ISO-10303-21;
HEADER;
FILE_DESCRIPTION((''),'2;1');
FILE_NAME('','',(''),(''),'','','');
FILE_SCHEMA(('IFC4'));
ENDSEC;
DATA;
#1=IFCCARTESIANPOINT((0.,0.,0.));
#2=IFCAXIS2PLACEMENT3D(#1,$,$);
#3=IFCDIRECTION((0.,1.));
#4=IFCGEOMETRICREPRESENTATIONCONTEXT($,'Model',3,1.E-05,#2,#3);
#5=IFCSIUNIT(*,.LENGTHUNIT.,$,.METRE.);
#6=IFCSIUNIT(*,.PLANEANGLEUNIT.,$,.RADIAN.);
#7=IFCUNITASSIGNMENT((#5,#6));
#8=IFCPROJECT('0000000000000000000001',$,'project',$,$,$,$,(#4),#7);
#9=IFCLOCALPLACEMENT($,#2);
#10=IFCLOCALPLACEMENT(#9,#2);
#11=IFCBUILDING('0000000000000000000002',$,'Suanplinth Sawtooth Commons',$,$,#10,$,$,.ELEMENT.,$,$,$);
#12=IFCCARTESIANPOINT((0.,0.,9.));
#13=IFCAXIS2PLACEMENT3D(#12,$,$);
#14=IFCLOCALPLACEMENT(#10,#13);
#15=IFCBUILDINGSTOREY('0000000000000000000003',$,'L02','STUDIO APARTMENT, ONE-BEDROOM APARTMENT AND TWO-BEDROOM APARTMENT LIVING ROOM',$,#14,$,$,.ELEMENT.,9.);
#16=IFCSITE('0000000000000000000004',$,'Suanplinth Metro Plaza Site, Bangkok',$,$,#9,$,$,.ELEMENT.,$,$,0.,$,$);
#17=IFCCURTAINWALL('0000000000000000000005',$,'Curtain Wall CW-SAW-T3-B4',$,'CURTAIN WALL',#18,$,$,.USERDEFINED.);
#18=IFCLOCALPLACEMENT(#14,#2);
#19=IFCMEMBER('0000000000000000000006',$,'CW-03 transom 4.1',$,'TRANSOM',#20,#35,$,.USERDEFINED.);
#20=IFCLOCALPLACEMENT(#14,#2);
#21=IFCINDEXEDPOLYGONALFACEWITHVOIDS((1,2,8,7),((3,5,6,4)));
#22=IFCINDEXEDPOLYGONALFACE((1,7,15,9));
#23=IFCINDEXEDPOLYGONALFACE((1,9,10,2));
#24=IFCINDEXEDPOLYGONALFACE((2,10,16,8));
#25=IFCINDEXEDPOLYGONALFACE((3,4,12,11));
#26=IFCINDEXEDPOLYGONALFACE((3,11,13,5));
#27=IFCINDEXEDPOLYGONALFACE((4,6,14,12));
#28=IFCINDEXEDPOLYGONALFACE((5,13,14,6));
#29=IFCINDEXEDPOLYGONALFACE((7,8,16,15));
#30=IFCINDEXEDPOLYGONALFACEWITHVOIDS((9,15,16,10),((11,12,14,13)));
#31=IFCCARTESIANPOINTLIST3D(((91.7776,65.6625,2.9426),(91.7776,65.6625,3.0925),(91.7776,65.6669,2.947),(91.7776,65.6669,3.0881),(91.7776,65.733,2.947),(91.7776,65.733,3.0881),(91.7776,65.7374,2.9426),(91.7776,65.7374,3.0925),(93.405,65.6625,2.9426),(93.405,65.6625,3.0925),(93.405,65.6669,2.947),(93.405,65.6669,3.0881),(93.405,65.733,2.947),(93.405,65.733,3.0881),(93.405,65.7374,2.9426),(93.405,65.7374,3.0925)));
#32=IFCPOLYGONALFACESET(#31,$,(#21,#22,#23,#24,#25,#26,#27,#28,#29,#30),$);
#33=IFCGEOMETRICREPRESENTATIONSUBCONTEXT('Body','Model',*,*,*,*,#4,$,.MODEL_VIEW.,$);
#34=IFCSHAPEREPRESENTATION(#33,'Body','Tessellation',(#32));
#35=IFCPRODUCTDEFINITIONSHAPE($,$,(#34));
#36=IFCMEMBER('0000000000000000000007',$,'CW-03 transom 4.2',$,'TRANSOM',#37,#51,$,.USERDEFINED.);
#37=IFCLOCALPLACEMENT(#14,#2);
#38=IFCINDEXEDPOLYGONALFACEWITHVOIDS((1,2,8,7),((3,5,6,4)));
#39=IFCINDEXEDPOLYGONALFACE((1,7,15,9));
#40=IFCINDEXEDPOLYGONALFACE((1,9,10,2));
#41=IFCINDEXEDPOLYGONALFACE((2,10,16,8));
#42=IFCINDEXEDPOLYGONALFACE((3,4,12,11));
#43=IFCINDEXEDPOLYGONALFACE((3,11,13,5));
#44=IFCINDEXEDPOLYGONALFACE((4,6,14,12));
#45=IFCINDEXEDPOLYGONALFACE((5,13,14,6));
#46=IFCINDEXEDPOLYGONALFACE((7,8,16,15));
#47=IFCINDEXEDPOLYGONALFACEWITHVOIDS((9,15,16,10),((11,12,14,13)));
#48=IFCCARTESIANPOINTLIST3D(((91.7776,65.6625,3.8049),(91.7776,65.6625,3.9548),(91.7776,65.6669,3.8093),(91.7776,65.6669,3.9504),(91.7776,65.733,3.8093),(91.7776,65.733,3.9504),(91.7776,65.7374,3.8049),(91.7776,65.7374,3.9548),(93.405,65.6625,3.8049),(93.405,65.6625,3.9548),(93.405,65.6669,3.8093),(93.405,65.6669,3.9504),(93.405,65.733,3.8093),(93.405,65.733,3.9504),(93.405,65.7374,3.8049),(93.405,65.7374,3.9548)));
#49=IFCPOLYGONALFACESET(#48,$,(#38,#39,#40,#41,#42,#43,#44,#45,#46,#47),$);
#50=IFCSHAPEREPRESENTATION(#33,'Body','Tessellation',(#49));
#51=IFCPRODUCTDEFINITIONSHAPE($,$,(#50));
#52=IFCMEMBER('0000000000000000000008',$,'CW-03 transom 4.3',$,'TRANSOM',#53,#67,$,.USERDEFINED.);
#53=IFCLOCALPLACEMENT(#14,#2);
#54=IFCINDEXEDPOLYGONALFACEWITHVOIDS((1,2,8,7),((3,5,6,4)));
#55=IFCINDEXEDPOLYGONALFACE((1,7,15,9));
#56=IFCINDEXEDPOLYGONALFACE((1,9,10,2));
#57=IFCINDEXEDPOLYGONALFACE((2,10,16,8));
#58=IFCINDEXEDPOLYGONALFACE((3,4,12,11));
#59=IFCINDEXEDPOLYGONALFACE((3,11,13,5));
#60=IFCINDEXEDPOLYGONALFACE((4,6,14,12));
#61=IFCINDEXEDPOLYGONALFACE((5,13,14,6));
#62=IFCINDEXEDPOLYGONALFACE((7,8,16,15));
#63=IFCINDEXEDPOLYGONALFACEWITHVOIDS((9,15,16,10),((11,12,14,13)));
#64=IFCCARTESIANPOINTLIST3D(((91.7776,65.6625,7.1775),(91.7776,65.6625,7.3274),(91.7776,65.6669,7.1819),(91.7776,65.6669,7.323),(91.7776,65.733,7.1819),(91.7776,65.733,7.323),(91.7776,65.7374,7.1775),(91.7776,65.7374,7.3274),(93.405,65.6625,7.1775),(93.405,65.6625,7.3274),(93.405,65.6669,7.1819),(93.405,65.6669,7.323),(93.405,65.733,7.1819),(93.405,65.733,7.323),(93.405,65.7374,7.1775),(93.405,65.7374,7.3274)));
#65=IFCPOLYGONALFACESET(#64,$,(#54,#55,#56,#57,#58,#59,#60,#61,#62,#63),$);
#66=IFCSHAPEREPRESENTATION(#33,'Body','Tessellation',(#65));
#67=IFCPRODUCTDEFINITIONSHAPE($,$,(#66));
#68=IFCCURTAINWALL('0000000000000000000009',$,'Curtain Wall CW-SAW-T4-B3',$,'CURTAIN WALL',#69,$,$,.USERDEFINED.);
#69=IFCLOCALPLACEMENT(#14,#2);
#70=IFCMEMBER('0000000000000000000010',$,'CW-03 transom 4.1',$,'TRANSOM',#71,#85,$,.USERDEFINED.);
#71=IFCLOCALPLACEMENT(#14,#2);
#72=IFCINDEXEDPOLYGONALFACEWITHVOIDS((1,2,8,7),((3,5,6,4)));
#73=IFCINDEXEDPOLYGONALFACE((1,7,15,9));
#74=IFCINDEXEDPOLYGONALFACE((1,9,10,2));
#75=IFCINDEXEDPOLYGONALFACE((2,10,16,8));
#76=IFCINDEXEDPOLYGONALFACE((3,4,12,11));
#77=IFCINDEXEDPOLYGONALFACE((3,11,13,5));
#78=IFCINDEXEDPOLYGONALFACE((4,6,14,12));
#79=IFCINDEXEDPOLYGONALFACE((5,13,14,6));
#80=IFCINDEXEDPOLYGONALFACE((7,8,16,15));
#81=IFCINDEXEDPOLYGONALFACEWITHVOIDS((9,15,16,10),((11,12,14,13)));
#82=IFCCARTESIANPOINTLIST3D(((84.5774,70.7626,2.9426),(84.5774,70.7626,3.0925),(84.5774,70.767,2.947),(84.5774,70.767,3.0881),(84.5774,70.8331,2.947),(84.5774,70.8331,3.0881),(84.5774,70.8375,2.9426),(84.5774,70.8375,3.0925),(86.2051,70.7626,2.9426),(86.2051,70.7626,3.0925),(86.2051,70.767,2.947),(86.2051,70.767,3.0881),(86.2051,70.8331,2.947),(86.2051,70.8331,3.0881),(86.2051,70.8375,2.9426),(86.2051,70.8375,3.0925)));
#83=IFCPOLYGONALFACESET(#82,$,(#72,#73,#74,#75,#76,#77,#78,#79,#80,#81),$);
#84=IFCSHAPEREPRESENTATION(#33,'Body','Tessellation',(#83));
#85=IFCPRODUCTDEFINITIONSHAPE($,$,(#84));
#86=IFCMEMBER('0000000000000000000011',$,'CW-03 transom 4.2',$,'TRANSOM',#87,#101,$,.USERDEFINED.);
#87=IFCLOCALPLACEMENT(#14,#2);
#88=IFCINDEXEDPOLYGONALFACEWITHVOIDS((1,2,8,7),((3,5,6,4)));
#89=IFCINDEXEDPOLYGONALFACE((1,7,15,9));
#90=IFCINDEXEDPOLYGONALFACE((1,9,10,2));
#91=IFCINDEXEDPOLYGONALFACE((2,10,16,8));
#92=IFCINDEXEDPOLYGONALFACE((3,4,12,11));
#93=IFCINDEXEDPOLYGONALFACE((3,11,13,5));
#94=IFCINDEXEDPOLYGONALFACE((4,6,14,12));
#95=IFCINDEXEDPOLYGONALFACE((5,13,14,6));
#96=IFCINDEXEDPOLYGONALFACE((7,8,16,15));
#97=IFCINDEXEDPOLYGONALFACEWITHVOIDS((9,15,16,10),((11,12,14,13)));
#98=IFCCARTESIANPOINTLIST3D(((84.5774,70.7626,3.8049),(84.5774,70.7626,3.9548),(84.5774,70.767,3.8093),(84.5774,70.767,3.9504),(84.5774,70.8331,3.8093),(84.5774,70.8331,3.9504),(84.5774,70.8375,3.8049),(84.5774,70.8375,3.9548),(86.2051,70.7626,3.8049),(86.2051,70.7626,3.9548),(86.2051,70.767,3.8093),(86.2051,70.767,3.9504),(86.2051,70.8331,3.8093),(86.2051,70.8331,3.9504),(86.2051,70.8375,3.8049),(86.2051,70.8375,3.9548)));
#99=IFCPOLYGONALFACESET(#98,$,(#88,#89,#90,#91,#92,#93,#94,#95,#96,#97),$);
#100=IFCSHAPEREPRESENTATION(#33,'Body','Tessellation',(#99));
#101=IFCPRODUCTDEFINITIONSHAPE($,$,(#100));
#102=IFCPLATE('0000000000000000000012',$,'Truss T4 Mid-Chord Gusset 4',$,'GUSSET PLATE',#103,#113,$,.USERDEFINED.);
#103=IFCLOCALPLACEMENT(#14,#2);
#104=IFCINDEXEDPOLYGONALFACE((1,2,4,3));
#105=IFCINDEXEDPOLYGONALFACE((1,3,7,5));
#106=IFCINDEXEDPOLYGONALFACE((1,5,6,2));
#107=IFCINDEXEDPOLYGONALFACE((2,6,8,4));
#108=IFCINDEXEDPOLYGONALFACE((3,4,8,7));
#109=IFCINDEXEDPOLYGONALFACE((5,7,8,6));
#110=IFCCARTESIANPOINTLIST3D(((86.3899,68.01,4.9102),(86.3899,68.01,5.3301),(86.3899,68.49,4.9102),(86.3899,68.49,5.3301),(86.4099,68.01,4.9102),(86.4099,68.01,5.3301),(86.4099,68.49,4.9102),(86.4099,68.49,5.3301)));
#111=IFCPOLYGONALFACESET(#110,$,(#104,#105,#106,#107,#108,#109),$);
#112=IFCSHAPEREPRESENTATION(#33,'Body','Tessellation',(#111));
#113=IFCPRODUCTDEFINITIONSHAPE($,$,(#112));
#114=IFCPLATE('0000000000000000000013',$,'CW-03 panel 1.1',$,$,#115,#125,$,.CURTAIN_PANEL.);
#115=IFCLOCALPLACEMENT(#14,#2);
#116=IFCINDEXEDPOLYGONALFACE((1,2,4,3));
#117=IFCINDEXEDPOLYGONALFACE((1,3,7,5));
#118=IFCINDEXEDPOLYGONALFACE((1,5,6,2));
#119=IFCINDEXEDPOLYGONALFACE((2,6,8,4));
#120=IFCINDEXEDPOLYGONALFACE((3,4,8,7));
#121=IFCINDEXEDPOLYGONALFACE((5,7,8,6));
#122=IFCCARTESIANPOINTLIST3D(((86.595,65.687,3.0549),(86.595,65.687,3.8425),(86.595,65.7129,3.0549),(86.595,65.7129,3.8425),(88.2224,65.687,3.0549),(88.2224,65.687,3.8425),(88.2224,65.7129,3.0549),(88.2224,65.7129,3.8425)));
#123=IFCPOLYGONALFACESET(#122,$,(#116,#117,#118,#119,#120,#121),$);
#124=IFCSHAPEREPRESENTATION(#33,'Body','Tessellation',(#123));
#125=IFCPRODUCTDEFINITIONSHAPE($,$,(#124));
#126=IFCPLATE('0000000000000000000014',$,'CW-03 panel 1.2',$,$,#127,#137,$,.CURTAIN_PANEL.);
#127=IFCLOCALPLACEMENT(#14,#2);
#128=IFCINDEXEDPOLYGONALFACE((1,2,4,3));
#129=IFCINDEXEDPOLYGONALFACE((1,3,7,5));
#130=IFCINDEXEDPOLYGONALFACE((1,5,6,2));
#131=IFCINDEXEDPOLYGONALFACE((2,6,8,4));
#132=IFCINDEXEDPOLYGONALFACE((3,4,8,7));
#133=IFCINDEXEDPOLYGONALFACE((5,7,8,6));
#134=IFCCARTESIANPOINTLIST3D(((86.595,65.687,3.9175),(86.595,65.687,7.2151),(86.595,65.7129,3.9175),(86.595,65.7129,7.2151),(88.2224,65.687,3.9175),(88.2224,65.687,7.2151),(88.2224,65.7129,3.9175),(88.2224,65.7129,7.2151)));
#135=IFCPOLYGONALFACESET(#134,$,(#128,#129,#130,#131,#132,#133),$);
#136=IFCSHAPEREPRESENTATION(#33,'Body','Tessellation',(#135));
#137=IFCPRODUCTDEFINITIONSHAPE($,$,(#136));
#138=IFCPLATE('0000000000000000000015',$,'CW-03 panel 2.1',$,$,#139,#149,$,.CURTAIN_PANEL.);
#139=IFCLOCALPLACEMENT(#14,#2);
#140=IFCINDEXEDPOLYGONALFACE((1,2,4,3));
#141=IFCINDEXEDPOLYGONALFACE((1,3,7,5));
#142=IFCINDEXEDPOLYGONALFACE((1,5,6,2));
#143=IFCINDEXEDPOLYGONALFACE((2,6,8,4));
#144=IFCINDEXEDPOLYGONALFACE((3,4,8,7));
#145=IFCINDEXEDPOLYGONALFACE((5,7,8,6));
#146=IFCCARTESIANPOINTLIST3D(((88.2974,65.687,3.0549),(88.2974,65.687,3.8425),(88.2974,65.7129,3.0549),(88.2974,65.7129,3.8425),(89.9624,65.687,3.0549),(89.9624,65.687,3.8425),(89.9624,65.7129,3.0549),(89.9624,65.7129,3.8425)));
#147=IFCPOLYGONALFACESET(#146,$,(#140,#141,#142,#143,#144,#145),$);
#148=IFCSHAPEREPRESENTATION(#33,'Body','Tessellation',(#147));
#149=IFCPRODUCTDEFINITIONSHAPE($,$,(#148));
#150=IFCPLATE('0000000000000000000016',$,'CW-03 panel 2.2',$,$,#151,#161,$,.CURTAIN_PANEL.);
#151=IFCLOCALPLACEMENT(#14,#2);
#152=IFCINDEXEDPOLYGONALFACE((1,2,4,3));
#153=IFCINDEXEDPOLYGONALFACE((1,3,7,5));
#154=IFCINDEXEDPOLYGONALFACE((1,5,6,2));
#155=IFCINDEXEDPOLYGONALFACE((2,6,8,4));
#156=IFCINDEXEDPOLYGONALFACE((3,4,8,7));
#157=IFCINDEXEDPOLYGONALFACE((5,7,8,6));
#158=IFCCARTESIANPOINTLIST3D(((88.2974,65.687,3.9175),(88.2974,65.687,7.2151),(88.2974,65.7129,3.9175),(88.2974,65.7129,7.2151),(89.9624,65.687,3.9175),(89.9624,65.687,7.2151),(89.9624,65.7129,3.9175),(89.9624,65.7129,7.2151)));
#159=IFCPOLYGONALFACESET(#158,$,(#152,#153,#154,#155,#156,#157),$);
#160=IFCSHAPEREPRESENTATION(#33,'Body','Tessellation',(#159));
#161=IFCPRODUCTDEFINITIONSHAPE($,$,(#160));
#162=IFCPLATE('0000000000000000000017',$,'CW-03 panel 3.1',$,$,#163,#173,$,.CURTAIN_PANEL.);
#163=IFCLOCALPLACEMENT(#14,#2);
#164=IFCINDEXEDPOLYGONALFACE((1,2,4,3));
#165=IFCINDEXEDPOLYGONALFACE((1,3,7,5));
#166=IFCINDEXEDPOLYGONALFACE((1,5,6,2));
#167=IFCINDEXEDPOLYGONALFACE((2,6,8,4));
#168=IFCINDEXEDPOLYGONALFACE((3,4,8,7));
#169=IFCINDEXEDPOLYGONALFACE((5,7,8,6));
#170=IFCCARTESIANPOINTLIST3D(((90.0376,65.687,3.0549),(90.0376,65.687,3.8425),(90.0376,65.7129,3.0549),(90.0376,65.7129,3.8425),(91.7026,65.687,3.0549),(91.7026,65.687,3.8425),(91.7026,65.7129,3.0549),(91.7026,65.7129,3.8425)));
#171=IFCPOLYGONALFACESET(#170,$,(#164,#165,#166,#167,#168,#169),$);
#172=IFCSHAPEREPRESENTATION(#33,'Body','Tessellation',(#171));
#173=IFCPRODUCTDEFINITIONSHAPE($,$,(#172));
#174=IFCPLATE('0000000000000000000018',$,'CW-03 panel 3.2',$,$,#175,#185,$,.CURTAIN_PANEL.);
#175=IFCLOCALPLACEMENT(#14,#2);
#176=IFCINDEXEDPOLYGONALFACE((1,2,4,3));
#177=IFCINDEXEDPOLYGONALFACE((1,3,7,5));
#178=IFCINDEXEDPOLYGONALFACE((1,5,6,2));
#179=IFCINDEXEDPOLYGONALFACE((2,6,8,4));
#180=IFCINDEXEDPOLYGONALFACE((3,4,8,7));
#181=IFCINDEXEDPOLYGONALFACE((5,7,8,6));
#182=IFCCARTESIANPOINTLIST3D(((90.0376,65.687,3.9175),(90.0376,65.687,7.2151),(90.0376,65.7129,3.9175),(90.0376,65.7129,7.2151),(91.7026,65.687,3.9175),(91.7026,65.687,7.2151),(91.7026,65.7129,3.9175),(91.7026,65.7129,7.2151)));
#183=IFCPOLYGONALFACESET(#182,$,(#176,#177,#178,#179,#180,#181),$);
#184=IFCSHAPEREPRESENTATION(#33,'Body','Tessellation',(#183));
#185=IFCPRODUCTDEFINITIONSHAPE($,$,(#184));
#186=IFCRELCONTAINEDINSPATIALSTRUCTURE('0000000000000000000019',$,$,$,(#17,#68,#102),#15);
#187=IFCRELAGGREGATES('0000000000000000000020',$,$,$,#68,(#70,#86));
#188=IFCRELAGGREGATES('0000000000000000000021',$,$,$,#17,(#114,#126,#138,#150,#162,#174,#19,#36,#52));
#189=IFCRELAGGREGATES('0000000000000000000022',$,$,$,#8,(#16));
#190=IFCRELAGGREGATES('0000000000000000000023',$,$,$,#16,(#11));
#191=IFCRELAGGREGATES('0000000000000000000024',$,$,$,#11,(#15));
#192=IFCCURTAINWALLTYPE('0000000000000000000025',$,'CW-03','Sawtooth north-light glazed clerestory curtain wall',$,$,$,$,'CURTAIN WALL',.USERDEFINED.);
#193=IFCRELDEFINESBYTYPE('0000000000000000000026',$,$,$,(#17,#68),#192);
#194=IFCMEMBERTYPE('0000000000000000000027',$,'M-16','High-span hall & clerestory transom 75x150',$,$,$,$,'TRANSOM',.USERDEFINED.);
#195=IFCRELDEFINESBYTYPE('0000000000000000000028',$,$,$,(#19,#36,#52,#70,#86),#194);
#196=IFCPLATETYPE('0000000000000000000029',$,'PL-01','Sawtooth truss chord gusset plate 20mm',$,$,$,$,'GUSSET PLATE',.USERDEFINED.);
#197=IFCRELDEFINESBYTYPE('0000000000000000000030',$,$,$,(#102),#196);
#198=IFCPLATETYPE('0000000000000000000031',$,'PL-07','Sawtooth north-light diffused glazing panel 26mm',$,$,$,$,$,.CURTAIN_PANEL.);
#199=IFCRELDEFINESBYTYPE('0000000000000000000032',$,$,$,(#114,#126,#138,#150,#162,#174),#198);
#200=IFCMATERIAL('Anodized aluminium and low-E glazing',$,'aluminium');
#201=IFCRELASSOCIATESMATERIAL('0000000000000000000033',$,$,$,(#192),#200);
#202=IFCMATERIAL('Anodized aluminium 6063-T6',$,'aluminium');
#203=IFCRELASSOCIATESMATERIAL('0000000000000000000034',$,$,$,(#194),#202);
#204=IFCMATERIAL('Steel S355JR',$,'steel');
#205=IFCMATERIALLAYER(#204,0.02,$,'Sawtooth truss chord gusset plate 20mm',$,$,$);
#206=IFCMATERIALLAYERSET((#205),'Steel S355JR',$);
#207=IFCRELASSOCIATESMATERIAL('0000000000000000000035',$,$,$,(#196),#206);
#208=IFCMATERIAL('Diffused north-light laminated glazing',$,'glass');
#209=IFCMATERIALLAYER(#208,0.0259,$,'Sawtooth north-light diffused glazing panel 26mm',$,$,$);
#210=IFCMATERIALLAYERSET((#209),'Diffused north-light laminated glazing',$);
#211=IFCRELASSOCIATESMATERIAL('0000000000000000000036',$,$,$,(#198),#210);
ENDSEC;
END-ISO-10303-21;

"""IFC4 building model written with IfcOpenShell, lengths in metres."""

from ifc_helpers import new_model, si_unit, direction, frame, origin, origin_2d, place, context, subcontext, project, spatial, rectangle, hollow_rectangle, extrude, material, layer, layer_set, material_profile, profile_set, type_object, element, aggregate, save


model = new_model("IFC4")

# Units and contexts
model_context = context("Model", 3, precision=1e-05, world=origin(), true_north=direction((0.0, 1.0)))
body_context = subcontext(model_context, "Body", "Model", "MODEL_VIEW")
ifc_project = project(units=[si_unit("LENGTHUNIT", "METRE"), si_unit("PLANEANGLEUNIT", "RADIAN")], contexts=[model_context])

# Site, building, storey
site_placement = place(None, origin())
site = spatial("IfcSite", under=ifc_project, at=site_placement, Name="Suanplinth Metro Plaza Site, Bangkok", CompositionType="ELEMENT", RefElevation=0.0)
building_placement = place(site_placement, origin())
building = spatial("IfcBuilding", under=site, at=building_placement, Name="Suanplinth Sawtooth Commons", CompositionType="ELEMENT")
storey_placement = place(building_placement, frame((0.0, 0.0, 9.0)))
storey = spatial("IfcBuildingStorey", under=building, at=storey_placement, Name="L02", Description="STUDIO APARTMENT, ONE-BEDROOM APARTMENT AND TWO-BEDROOM APARTMENT LIVING ROOM", CompositionType="ELEMENT", Elevation=9.0)

# Shared definitions
ifc_material_1 = material(Name="Steel S355JR", Category="steel")

# Curtain walls, members
ifc_material_2 = material(Name="Anodized aluminium and low-E glazing", Category="aluminium")
curtain_wall_type = type_object("IfcCurtainWallType", Name="CW-03", Description="Sawtooth north-light glazed clerestory curtain wall", ElementType="CURTAIN WALL", PredefinedType="USERDEFINED", material=ifc_material_2)
curtain_wall_1_placement = place(storey_placement, origin())
curtain_wall_1 = element("IfcCurtainWall", 1, at=curtain_wall_1_placement, inside=storey, type_object=curtain_wall_type, Name="Curtain Wall CW-SAW-T3-B4", ObjectType="CURTAIN WALL", PredefinedType="USERDEFINED")
ifc_material_3 = material(Name="Anodized aluminium 6063-T6", Category="aluminium")
ifc_material_profile_1 = material_profile(ifc_material_3, hollow_rectangle(XDim=0.075, YDim=0.1499, WallThickness=0.0044, at=origin_2d()), Name="ALU-TRN 75x150")
ifc_profile_set_1 = profile_set([ifc_material_profile_1], Name="Anodized aluminium 6063-T6")
member_type_1 = type_object("IfcMemberType", Name="M-16", Description="High-span hall & clerestory transom 75x150", ElementType="TRANSOM", PredefinedType="USERDEFINED", material=ifc_profile_set_1)
member_1_placement = place(storey_placement, frame((91.7776, 65.7, 3.0176), z_axis=(1.0, 0.0, 0.0), x_axis=(0.0, 1.0, 0.0)))
member_1 = element("IfcMember", 2, at=member_1_placement, type_object=member_type_1, Name="CW-03 transom 4.1", ObjectType="TRANSOM", PredefinedType="USERDEFINED", context=body_context, shape_type="SweptSolid", body=[
    extrude(hollow_rectangle(XDim=0.075, YDim=0.1499, WallThickness=0.0044, at=origin_2d()), origin(), (0.0, 0.0, 1.0), 1.6274),
])
member_2_placement = place(storey_placement, frame((91.7776, 65.7, 3.8799), z_axis=(1.0, 0.0, 0.0), x_axis=(0.0, 1.0, 0.0)))
member_2 = element("IfcMember", 3, at=member_2_placement, type_object=member_type_1, Name="CW-03 transom 4.2", ObjectType="TRANSOM", PredefinedType="USERDEFINED", context=body_context, shape_type="SweptSolid", body=[
    extrude(hollow_rectangle(XDim=0.075, YDim=0.1499, WallThickness=0.0044, at=origin_2d()), origin(), (0.0, 0.0, 1.0), 1.6274),
])
member_3_placement = place(storey_placement, frame((91.7776, 65.7, 7.2524), z_axis=(1.0, 0.0, 0.0), x_axis=(0.0, 1.0, 0.0)))
member_3 = element("IfcMember", 4, at=member_3_placement, type_object=member_type_1, Name="CW-03 transom 4.3", ObjectType="TRANSOM", PredefinedType="USERDEFINED", context=body_context, shape_type="SweptSolid", body=[
    extrude(hollow_rectangle(XDim=0.075, YDim=0.1499, WallThickness=0.0044, at=origin_2d()), origin(), (0.0, 0.0, 1.0), 1.6274),
])
curtain_wall_2_placement = place(storey_placement, origin())
curtain_wall_2 = element("IfcCurtainWall", 5, at=curtain_wall_2_placement, inside=storey, type_object=curtain_wall_type, Name="Curtain Wall CW-SAW-T4-B3", ObjectType="CURTAIN WALL", PredefinedType="USERDEFINED")
member_4_placement = place(storey_placement, frame((84.5774, 70.8, 3.0176), z_axis=(1.0, 0.0, 0.0), x_axis=(0.0, 1.0, 0.0)))
member_4 = element("IfcMember", 6, at=member_4_placement, type_object=member_type_1, Name="CW-03 transom 4.1", ObjectType="TRANSOM", PredefinedType="USERDEFINED", context=body_context, shape_type="SweptSolid", body=[
    extrude(hollow_rectangle(XDim=0.075, YDim=0.1499, WallThickness=0.0044, at=origin_2d()), origin(), (0.0, 0.0, 1.0), 1.6277),
])
member_5_placement = place(storey_placement, frame((84.5774, 70.8, 3.8799), z_axis=(1.0, 0.0, 0.0), x_axis=(0.0, 1.0, 0.0)))
member_5 = element("IfcMember", 7, at=member_5_placement, type_object=member_type_1, Name="CW-03 transom 4.2", ObjectType="TRANSOM", PredefinedType="USERDEFINED", context=body_context, shape_type="SweptSolid", body=[
    extrude(hollow_rectangle(XDim=0.075, YDim=0.1499, WallThickness=0.0044, at=origin_2d()), origin(), (0.0, 0.0, 1.0), 1.6277),
])
aggregate(curtain_wall_2, [member_4, member_5])

# Plates
ifc_layer_1 = layer(ifc_material_1, 0.02, Name="Sawtooth truss chord gusset plate 20mm")
ifc_layer_set_1 = layer_set([ifc_layer_1], Name="Steel S355JR")
plate_type_1 = type_object("IfcPlateType", Name="PL-01", Description="Sawtooth truss chord gusset plate 20mm", ElementType="GUSSET PLATE", PredefinedType="USERDEFINED", material=ifc_layer_set_1)
plate_1_placement = place(storey_placement, frame((86.3999, 68.25, 4.9102), z_axis=(0.0, 0.0, 1.0), x_axis=(1.0, 0.0, 0.0)))
element("IfcPlate", 8, at=plate_1_placement, inside=storey, type_object=plate_type_1, Name="Truss T4 Mid-Chord Gusset 4", ObjectType="GUSSET PLATE", PredefinedType="USERDEFINED", context=body_context, shape_type="SweptSolid", body=[
    extrude(rectangle(XDim=0.02, YDim=0.48, at=origin_2d()), origin(), (0.0, 0.0, 1.0), 0.4199),
])
ifc_material_4 = material(Name="Diffused north-light laminated glazing", Category="glass")
ifc_layer_2 = layer(ifc_material_4, 0.0259, Name="Sawtooth north-light diffused glazing panel 26mm")
ifc_layer_set_2 = layer_set([ifc_layer_2], Name="Diffused north-light laminated glazing")
plate_type_2 = type_object("IfcPlateType", Name="PL-07", Description="Sawtooth north-light diffused glazing panel 26mm", PredefinedType="CURTAIN_PANEL", material=ifc_layer_set_2)
plate_2_placement = place(storey_placement, frame((87.4087, 65.7, 3.0549), z_axis=(0.0, 0.0, 1.0), x_axis=(1.0, 0.0, 0.0)))
plate_2 = element("IfcPlate", 9, at=plate_2_placement, type_object=plate_type_2, Name="CW-03 panel 1.1", PredefinedType="CURTAIN_PANEL", context=body_context, shape_type="SweptSolid", body=[
    extrude(rectangle(XDim=1.6274, YDim=0.0259, at=origin_2d()), origin(), (0.0, 0.0, 1.0), 0.7876),
])
plate_3_placement = place(storey_placement, frame((87.4087, 65.7, 3.9175), z_axis=(0.0, 0.0, 1.0), x_axis=(1.0, 0.0, 0.0)))
plate_3 = element("IfcPlate", 10, at=plate_3_placement, type_object=plate_type_2, Name="CW-03 panel 1.2", PredefinedType="CURTAIN_PANEL", context=body_context, shape_type="SweptSolid", body=[
    extrude(rectangle(XDim=1.6274, YDim=0.0259, at=origin_2d()), origin(), (0.0, 0.0, 1.0), 3.2976),
])
plate_4_placement = place(storey_placement, frame((89.1299, 65.7, 3.0549), z_axis=(0.0, 0.0, 1.0), x_axis=(1.0, 0.0, 0.0)))
plate_4 = element("IfcPlate", 11, at=plate_4_placement, type_object=plate_type_2, Name="CW-03 panel 2.1", PredefinedType="CURTAIN_PANEL", context=body_context, shape_type="SweptSolid", body=[
    extrude(rectangle(XDim=1.665, YDim=0.0259, at=origin_2d()), origin(), (0.0, 0.0, 1.0), 0.7876),
])
plate_5_placement = place(storey_placement, frame((89.1299, 65.7, 3.9175), z_axis=(0.0, 0.0, 1.0), x_axis=(1.0, 0.0, 0.0)))
plate_5 = element("IfcPlate", 12, at=plate_5_placement, type_object=plate_type_2, Name="CW-03 panel 2.2", PredefinedType="CURTAIN_PANEL", context=body_context, shape_type="SweptSolid", body=[
    extrude(rectangle(XDim=1.665, YDim=0.0259, at=origin_2d()), origin(), (0.0, 0.0, 1.0), 3.2976),
])
plate_6_placement = place(storey_placement, frame((90.8701, 65.7, 3.0549), z_axis=(0.0, 0.0, 1.0), x_axis=(1.0, 0.0, 0.0)))
plate_6 = element("IfcPlate", 13, at=plate_6_placement, type_object=plate_type_2, Name="CW-03 panel 3.1", PredefinedType="CURTAIN_PANEL", context=body_context, shape_type="SweptSolid", body=[
    extrude(rectangle(XDim=1.665, YDim=0.0259, at=origin_2d()), origin(), (0.0, 0.0, 1.0), 0.7876),
])
plate_7_placement = place(storey_placement, frame((90.8701, 65.7, 3.9175), z_axis=(0.0, 0.0, 1.0), x_axis=(1.0, 0.0, 0.0)))
plate_7 = element("IfcPlate", 14, at=plate_7_placement, type_object=plate_type_2, Name="CW-03 panel 3.2", PredefinedType="CURTAIN_PANEL", context=body_context, shape_type="SweptSolid", body=[
    extrude(rectangle(XDim=1.665, YDim=0.0259, at=origin_2d()), origin(), (0.0, 0.0, 1.0), 3.2976),
])
aggregate(curtain_wall_1, [plate_2, plate_3, plate_4, plate_5, plate_6, plate_7, member_1, member_2, member_3])

save(model, "model.ifc")
